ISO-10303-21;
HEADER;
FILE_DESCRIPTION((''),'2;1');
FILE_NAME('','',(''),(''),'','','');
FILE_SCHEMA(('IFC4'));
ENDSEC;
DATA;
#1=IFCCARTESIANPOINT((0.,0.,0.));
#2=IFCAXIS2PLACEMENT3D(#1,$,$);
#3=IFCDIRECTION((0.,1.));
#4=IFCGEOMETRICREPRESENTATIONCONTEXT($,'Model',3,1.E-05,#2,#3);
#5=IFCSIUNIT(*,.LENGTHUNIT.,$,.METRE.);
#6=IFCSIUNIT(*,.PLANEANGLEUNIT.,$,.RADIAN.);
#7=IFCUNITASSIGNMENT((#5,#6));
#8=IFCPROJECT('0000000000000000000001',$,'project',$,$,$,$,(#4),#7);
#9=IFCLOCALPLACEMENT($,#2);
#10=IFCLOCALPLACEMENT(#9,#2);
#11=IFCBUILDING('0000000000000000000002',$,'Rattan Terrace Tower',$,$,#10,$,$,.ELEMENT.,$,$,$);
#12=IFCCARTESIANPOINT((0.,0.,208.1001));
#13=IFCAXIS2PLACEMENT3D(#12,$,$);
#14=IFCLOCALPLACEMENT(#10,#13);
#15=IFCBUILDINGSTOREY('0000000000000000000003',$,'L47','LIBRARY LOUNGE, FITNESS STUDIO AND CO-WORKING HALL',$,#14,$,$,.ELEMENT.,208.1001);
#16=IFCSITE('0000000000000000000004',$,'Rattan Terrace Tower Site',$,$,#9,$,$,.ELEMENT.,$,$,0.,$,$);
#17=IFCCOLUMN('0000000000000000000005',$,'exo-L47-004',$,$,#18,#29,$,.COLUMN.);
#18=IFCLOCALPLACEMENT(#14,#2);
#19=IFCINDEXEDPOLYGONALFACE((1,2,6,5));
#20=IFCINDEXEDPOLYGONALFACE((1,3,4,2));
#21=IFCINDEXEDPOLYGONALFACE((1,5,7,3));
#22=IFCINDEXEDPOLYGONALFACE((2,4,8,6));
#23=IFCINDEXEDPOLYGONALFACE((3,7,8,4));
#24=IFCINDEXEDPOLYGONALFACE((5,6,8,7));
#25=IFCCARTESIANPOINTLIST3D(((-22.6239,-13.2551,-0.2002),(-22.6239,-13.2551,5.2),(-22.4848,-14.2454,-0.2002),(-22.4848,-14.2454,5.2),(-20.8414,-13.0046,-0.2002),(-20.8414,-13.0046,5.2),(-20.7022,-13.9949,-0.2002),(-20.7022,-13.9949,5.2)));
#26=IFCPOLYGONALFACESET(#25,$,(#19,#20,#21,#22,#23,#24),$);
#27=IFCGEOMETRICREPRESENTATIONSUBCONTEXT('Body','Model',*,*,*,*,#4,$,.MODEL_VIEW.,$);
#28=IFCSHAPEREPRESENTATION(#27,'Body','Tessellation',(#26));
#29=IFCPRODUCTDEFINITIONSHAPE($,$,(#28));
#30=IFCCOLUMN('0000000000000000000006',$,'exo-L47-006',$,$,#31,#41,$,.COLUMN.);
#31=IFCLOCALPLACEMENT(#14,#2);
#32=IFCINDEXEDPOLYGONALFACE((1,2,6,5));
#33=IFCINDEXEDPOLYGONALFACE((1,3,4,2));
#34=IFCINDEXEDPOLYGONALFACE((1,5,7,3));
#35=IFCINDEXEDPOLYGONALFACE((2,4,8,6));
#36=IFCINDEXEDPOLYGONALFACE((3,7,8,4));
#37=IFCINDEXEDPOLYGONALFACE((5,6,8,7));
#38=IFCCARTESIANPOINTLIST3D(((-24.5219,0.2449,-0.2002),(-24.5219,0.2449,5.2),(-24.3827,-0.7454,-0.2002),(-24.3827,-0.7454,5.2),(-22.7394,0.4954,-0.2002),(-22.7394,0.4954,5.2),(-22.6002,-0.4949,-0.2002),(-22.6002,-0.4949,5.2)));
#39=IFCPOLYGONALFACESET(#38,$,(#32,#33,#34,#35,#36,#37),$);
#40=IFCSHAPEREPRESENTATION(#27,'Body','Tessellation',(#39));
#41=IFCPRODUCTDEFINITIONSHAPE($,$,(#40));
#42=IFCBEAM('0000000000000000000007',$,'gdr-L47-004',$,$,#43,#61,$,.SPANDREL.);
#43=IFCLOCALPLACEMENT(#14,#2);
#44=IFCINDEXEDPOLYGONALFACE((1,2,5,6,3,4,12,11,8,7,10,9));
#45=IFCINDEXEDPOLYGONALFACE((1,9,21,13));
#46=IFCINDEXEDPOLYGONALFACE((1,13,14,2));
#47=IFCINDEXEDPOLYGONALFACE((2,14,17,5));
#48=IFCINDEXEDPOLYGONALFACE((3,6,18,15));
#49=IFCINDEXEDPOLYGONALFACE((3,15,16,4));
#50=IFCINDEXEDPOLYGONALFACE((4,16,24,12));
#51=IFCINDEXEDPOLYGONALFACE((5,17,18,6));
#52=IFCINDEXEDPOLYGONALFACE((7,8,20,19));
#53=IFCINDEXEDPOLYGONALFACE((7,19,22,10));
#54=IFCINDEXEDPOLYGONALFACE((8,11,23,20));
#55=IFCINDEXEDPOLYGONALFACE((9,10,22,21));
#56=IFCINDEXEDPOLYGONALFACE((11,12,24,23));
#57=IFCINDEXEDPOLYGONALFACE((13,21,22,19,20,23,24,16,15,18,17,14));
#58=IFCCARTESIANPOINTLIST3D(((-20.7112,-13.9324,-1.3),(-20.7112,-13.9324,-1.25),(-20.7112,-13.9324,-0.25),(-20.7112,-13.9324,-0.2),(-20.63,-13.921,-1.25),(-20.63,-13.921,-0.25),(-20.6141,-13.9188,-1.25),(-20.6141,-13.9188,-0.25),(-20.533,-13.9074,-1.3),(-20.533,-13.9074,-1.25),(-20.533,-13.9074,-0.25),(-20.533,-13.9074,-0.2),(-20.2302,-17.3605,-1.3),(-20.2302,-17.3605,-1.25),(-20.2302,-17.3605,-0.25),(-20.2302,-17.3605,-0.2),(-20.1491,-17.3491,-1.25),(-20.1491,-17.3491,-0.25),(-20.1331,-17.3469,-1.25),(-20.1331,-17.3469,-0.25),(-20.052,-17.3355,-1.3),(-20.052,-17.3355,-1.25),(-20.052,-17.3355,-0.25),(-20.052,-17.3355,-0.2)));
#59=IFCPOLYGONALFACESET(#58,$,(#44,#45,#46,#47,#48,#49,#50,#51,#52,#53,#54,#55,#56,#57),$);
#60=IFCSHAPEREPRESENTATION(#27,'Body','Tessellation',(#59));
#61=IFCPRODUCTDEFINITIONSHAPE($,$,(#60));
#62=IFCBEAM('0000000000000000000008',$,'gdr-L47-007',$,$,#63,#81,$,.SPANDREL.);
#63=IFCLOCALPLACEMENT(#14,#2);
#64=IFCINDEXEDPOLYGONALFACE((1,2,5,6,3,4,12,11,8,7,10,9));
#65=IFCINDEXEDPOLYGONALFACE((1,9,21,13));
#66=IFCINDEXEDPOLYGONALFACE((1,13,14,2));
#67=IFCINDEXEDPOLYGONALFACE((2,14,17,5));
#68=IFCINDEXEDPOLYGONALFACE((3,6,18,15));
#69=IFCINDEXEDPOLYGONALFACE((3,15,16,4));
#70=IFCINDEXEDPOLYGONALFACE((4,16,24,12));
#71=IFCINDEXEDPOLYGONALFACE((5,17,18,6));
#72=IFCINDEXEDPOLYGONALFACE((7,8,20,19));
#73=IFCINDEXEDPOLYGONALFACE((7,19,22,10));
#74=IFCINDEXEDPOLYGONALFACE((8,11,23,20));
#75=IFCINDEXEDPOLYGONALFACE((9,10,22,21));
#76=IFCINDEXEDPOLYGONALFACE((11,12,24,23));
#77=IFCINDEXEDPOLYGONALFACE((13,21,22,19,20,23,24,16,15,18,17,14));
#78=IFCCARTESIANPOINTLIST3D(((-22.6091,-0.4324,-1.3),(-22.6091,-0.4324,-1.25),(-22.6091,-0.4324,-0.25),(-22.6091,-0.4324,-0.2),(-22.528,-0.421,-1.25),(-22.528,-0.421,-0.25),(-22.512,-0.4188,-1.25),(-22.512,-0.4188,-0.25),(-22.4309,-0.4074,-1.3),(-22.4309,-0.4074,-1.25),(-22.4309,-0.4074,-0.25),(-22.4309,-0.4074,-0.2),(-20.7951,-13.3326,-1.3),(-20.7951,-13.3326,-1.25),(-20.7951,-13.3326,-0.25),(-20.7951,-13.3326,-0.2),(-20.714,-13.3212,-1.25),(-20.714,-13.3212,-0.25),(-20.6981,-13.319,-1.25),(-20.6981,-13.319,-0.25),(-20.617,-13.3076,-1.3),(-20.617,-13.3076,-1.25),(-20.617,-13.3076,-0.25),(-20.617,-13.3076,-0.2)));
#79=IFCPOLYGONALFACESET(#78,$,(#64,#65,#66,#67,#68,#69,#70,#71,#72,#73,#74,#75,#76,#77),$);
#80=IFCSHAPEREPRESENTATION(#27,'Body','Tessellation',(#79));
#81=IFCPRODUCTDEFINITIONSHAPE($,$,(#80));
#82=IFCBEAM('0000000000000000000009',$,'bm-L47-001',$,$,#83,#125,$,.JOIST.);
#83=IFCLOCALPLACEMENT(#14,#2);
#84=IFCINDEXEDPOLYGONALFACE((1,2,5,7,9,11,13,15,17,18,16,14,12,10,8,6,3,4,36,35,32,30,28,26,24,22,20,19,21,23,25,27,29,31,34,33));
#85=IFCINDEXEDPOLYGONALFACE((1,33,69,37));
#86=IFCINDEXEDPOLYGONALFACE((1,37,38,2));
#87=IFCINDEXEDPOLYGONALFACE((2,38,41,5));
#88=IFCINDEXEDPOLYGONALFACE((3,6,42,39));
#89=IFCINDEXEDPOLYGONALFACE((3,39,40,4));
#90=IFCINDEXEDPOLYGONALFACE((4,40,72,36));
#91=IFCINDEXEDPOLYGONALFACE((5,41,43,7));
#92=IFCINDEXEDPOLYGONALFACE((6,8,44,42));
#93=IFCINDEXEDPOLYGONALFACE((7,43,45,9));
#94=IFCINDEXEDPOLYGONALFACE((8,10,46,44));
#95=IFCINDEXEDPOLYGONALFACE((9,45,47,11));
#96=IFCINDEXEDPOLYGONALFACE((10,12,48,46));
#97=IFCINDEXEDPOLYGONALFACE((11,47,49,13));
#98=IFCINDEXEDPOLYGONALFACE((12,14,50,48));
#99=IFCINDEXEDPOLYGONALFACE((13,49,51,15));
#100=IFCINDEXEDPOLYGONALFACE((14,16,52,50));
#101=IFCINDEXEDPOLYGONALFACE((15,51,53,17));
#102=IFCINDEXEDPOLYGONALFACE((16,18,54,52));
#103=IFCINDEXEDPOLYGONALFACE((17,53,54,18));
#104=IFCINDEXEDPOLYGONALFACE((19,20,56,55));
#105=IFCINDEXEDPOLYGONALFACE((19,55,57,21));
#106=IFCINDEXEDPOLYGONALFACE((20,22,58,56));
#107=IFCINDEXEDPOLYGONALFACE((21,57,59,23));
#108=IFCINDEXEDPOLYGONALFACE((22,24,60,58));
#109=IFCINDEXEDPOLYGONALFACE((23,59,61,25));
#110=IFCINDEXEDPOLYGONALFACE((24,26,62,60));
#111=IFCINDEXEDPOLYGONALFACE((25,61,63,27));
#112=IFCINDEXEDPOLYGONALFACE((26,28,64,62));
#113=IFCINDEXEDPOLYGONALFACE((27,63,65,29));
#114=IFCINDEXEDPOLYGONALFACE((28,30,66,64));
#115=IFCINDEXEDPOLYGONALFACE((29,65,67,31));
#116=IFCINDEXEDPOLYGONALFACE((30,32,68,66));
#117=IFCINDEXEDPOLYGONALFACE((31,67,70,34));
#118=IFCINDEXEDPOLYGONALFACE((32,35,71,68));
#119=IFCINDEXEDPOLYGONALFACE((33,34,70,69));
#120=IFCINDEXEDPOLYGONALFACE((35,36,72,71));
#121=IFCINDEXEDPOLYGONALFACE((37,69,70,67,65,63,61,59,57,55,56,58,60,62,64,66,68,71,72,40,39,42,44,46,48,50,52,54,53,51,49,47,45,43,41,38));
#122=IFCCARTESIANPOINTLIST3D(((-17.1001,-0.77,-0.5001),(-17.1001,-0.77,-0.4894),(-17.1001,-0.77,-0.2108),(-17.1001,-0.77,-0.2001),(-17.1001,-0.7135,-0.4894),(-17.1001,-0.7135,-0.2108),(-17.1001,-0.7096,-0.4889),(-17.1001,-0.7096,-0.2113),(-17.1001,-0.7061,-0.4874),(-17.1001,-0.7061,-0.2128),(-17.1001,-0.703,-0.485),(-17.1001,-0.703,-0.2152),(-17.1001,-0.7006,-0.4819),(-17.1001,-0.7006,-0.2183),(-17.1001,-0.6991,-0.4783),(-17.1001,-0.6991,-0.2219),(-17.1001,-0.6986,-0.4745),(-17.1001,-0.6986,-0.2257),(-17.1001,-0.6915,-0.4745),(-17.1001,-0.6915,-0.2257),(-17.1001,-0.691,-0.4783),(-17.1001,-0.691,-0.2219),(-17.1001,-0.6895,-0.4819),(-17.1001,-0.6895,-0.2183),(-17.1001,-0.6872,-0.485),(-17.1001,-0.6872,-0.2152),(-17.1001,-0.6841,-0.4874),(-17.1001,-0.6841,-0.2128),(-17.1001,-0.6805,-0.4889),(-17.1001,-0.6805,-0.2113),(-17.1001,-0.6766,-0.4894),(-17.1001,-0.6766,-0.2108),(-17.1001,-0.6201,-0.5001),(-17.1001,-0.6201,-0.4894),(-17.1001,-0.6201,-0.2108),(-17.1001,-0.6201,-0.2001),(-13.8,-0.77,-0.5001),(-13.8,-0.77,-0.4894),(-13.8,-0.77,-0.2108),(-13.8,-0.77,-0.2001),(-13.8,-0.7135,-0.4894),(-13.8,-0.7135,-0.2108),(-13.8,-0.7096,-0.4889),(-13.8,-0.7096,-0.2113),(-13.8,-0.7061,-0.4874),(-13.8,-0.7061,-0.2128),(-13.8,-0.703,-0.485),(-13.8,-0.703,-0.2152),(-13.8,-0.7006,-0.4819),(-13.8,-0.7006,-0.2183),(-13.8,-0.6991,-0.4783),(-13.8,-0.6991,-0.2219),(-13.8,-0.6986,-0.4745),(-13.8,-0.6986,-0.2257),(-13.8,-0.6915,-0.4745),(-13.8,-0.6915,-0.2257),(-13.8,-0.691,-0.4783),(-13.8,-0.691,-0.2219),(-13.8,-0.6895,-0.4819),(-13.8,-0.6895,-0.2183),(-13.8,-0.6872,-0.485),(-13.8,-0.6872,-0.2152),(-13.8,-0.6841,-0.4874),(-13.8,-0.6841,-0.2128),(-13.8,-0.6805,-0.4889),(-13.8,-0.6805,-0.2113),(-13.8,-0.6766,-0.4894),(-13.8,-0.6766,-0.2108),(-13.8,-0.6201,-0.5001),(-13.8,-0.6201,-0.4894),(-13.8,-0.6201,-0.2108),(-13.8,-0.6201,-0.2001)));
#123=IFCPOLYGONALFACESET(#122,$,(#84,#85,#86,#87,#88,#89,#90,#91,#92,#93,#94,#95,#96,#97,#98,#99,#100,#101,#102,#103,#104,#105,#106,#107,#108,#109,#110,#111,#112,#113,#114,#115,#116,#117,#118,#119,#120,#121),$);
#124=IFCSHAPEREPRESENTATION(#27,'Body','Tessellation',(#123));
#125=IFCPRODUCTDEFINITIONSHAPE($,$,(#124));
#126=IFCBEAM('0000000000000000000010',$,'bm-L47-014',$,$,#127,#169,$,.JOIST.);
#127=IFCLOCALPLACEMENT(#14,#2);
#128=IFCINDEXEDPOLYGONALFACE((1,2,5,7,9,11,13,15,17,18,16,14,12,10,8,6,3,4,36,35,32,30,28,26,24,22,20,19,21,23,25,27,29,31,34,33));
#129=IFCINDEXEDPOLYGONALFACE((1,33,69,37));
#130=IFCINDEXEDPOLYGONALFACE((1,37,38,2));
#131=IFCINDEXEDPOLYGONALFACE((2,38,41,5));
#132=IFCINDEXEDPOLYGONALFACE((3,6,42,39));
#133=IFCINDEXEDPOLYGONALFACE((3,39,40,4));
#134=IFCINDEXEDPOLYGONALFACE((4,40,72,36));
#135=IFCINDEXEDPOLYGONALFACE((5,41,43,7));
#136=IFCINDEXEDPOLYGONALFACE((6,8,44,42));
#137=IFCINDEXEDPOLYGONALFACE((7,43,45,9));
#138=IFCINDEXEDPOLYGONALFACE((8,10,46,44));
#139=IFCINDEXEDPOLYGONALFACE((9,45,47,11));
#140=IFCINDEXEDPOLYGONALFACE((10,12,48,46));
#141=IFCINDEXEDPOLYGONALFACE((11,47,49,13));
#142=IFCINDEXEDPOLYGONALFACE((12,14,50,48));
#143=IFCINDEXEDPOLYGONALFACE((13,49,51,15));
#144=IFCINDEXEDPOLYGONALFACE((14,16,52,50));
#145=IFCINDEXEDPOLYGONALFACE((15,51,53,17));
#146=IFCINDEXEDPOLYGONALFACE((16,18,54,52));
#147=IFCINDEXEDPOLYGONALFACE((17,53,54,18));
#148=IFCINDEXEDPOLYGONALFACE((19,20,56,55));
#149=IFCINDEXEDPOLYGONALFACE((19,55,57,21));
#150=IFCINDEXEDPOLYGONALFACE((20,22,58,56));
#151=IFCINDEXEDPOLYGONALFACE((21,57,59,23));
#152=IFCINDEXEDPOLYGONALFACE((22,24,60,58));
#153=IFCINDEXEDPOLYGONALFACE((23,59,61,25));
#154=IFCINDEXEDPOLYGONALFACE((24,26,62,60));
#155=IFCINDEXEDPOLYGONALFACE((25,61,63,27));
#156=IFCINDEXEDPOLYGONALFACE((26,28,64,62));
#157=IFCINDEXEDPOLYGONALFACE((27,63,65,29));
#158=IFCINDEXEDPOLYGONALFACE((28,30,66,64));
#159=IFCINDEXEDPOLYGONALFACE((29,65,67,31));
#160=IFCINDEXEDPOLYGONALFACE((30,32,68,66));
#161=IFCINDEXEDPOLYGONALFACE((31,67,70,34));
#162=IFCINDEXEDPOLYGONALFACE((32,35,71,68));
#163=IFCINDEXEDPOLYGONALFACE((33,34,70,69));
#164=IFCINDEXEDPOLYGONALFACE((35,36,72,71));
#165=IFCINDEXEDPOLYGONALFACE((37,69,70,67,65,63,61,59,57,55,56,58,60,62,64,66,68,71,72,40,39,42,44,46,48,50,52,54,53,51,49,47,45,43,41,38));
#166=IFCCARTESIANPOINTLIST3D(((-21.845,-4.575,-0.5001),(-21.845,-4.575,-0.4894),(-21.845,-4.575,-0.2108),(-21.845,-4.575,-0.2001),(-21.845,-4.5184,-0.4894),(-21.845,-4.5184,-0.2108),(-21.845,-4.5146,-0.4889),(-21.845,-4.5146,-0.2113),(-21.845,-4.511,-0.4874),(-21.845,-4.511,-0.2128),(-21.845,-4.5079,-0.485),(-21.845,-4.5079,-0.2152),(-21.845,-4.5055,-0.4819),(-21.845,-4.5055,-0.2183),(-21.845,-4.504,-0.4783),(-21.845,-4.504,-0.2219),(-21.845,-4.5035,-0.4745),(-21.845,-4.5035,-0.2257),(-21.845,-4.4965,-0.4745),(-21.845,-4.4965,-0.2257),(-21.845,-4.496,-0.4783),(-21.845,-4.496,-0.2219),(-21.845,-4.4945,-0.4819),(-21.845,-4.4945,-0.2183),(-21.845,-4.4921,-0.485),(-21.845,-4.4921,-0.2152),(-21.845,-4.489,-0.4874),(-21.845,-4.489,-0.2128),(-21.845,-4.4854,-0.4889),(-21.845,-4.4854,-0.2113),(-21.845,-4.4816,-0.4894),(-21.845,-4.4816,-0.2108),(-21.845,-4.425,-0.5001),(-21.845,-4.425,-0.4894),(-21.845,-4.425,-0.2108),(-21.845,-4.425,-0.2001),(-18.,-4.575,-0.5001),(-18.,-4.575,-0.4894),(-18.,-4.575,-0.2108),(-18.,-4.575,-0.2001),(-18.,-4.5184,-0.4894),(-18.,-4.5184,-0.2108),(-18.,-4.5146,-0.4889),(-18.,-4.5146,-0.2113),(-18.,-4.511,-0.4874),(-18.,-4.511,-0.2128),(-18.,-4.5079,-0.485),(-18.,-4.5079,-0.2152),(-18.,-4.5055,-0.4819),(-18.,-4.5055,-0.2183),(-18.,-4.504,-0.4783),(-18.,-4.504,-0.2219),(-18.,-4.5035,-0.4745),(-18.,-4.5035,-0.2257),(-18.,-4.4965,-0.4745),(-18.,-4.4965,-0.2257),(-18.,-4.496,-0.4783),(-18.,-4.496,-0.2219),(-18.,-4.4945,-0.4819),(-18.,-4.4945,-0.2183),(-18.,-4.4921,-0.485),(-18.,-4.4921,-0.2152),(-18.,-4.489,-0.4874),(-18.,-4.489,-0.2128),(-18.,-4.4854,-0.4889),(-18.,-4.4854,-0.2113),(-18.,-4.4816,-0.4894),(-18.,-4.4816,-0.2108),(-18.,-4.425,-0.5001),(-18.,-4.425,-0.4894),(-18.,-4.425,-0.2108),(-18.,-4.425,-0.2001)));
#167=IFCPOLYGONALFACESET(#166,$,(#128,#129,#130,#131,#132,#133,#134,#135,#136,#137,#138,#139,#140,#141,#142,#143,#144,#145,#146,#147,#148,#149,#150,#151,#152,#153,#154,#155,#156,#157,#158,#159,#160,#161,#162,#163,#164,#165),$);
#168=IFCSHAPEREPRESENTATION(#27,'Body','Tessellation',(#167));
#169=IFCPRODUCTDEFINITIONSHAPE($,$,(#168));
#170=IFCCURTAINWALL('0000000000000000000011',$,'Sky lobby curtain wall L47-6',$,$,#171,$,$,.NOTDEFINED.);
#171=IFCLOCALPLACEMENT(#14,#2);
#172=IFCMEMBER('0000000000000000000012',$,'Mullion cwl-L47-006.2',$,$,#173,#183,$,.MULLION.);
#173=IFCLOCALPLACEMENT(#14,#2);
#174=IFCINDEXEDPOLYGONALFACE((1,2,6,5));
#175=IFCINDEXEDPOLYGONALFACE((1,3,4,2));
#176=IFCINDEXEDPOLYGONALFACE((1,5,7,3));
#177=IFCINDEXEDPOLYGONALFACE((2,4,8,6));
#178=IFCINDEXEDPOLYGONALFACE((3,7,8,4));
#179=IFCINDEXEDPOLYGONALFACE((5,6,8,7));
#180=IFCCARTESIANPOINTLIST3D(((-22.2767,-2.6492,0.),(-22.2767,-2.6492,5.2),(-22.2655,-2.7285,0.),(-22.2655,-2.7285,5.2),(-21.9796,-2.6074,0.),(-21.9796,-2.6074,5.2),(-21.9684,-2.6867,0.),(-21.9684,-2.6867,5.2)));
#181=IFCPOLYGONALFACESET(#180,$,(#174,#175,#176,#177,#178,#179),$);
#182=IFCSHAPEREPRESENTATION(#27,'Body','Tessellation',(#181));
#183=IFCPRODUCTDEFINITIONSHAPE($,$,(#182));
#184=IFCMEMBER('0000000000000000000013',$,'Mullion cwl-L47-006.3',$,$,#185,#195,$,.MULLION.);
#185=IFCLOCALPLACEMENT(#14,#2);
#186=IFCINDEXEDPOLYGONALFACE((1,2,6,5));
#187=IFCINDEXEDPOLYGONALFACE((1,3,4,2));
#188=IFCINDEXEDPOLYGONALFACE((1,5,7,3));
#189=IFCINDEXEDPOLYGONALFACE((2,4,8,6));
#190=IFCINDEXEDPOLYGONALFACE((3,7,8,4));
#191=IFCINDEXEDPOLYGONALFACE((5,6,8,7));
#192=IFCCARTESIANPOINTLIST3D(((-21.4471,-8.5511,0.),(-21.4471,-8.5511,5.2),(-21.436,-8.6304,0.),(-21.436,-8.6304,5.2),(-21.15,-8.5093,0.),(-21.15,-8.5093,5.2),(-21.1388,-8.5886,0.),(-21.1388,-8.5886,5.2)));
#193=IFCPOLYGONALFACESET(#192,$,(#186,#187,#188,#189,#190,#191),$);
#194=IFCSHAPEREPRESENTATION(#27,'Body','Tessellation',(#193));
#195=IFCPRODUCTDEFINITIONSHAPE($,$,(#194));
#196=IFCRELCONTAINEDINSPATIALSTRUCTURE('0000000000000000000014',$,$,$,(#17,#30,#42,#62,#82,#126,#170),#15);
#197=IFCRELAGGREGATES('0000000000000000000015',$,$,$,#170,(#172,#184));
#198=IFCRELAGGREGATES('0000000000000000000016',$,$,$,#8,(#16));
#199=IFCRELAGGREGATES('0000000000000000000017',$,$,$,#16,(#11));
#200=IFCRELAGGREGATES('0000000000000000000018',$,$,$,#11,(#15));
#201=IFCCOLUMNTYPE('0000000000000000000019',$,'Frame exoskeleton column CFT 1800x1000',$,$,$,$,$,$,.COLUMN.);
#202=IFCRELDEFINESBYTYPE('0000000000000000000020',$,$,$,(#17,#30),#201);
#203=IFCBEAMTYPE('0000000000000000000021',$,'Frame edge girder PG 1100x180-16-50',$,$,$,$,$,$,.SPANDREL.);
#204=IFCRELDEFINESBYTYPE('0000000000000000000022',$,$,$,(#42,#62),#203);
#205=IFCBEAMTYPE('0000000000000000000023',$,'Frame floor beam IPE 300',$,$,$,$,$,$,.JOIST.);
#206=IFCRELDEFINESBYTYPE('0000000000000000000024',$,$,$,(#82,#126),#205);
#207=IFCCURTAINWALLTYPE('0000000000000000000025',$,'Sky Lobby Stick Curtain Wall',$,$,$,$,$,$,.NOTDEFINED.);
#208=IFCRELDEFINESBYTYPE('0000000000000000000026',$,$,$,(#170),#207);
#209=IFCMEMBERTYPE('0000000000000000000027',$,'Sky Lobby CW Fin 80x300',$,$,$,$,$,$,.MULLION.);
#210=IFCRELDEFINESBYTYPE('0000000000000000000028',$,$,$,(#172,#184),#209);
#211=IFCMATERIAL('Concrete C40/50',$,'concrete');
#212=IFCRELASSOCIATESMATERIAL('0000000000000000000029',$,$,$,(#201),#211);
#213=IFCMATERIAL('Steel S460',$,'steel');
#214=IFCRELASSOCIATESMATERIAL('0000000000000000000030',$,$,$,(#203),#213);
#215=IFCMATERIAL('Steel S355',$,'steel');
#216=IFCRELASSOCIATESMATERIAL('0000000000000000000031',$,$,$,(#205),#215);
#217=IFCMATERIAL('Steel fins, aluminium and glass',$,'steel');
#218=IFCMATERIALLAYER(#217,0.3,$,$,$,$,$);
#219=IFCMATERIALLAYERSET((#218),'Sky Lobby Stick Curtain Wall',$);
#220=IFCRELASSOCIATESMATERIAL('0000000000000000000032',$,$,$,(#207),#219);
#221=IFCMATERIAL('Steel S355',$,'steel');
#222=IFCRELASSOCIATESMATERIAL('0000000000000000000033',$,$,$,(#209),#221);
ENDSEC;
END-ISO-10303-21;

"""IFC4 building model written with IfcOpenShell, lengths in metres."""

from ifc_helpers import new_model, si_unit, direction, frame, origin, origin_2d, place, context, subcontext, project, spatial, rectangle, i_section, extrude, material, layer, layer_set, material_profile, profile_set, type_object, element, aggregate, save


model = new_model("IFC4")

# Units and contexts
model_context = context("Model", 3, precision=1e-05, world=origin(), true_north=direction((0.0, 1.0)))
body_context = subcontext(model_context, "Body", "Model", "MODEL_VIEW")
ifc_project = project(units=[si_unit("LENGTHUNIT", "METRE"), si_unit("PLANEANGLEUNIT", "RADIAN")], contexts=[model_context])

# Site, building, storey
site_placement = place(None, origin())
site = spatial("IfcSite", under=ifc_project, at=site_placement, Name="Rattan Terrace Tower Site", CompositionType="ELEMENT", RefElevation=0.0)
building_placement = place(site_placement, origin())
building = spatial("IfcBuilding", under=site, at=building_placement, Name="Rattan Terrace Tower", CompositionType="ELEMENT")
storey_placement = place(building_placement, frame((0.0, 0.0, 208.1001)))
storey = spatial("IfcBuildingStorey", under=building, at=storey_placement, Name="L47", Description="LIBRARY LOUNGE, FITNESS STUDIO AND CO-WORKING HALL", CompositionType="ELEMENT", Elevation=208.1001)

# Columns
ifc_material_1 = material(Name="Concrete C40/50", Category="concrete")
ifc_material_profile_1 = material_profile(ifc_material_1, rectangle(XDim=1.0, YDim=1.8, at=origin_2d()), Name="CFT 1800x1000")
ifc_profile_set_1 = profile_set([ifc_material_profile_1], Name="Concrete C40/50")
column_type = type_object("IfcColumnType", Name="Frame exoskeleton column CFT 1800x1000", PredefinedType="COLUMN", material=ifc_profile_set_1)
for number, where, z_axis, x_axis, name in (
    (1, (-21.6631, -13.625, -0.2002), (0.0, 0.0, 1.0), (-0.13919, 0.990266, 0.0), "exo-L47-004"),
    (2, (-23.561, -0.125, -0.2002), (0.0, 0.0, 1.0), (-0.13919, 0.990266, 0.0), "exo-L47-006"),
):
    element("IfcColumn", number, at=place(storey_placement, frame(where, z_axis=z_axis, x_axis=x_axis)), inside=storey, type_object=column_type, Name=name, PredefinedType="COLUMN", context=body_context, shape_type="SweptSolid", body=[
        extrude(rectangle(XDim=1.0, YDim=1.8, at=origin_2d()), origin(), (0.0, 0.0, 1.0), 5.4001),
    ])

# Beams
ifc_material_2 = material(Name="Steel S460", Category="steel")
ifc_material_profile_2 = material_profile(ifc_material_2, i_section(OverallWidth=0.1799, OverallDepth=1.1001, WebThickness=0.0161, FlangeThickness=0.05, at=origin_2d()), Name="PG 1100x180-16-50")
ifc_profile_set_2 = profile_set([ifc_material_profile_2], Name="Steel S460")
beam_type_1 = type_object("IfcBeamType", Name="Frame edge girder PG 1100x180-16-50", PredefinedType="SPANDREL", material=ifc_profile_set_2)
beam_1_placement = place(storey_placement, frame((-20.6221, -13.9199, -0.75), z_axis=(0.138943, -0.9903, 0.0), x_axis=(0.9903, 0.138943, 0.0)))
element("IfcBeam", 3, at=beam_1_placement, inside=storey, type_object=beam_type_1, Name="gdr-L47-004", PredefinedType="SPANDREL", context=body_context, shape_type="SweptSolid", body=[
    extrude(i_section(OverallWidth=0.1799, OverallDepth=1.1001, WebThickness=0.0161, FlangeThickness=0.05, at=origin_2d()), origin(), (0.0, 0.0, 1.0), 3.4617),
])
beam_2_placement = place(storey_placement, frame((-22.52, -0.4199, -0.75), z_axis=(0.139246, -0.990258, 0.0), x_axis=(0.990258, 0.139246, 0.0)))
element("IfcBeam", 4, at=beam_2_placement, inside=storey, type_object=beam_type_1, Name="gdr-L47-007", PredefinedType="SPANDREL", context=body_context, shape_type="SweptSolid", body=[
    extrude(i_section(OverallWidth=0.1799, OverallDepth=1.1001, WebThickness=0.0161, FlangeThickness=0.05, at=origin_2d()), origin(), (0.0, 0.0, 1.0), 13.0271),
])
ifc_material_3 = material(Name="Steel S355", Category="steel")
ifc_material_profile_3 = material_profile(ifc_material_3, i_section(OverallWidth=0.1499, OverallDepth=0.3, WebThickness=0.0071, FlangeThickness=0.0107, FilletRadius=0.0149, at=origin_2d()), Name="IPE 300")
ifc_profile_set_3 = profile_set([ifc_material_profile_3], Name="Steel S355")
beam_type_2 = type_object("IfcBeamType", Name="Frame floor beam IPE 300", PredefinedType="JOIST", material=ifc_profile_set_3)
beam_3_placement = place(storey_placement, frame((-17.1001, -0.6951, -0.3501), z_axis=(1.0, 0.0, 0.0), x_axis=(0.0, 1.0, 0.0)))
element("IfcBeam", 5, at=beam_3_placement, inside=storey, type_object=beam_type_2, Name="bm-L47-001", PredefinedType="JOIST", context=body_context, shape_type="SweptSolid", body=[
    extrude(i_section(OverallWidth=0.1499, OverallDepth=0.3, WebThickness=0.0071, FlangeThickness=0.0107, FilletRadius=0.0149, at=origin_2d()), origin(), (0.0, 0.0, 1.0), 3.3),
])
beam_4_placement = place(storey_placement, frame((-21.845, -4.5, -0.3501), z_axis=(1.0, 0.0, 0.0), x_axis=(0.0, 1.0, 0.0)))
element("IfcBeam", 6, at=beam_4_placement, inside=storey, type_object=beam_type_2, Name="bm-L47-014", PredefinedType="JOIST", context=body_context, shape_type="SweptSolid", body=[
    extrude(i_section(OverallWidth=0.1499, OverallDepth=0.3, WebThickness=0.0071, FlangeThickness=0.0107, FilletRadius=0.0149, at=origin_2d()), origin(), (0.0, 0.0, 1.0), 3.845),
])

# Curtain wall, members
ifc_material_4 = material(Name="Steel fins, aluminium and glass", Category="steel")
ifc_layer_1 = layer(ifc_material_4, 0.3)
ifc_layer_set_1 = layer_set([ifc_layer_1], Name="Sky Lobby Stick Curtain Wall")
curtain_wall_type = type_object("IfcCurtainWallType", Name="Sky Lobby Stick Curtain Wall", PredefinedType="NOTDEFINED", material=ifc_layer_set_1)
curtain_wall_1_placement = place(storey_placement, origin())
curtain_wall_1 = element("IfcCurtainWall", 7, at=curtain_wall_1_placement, inside=storey, type_object=curtain_wall_type, Name="Sky lobby curtain wall L47-6", PredefinedType="NOTDEFINED")
ifc_material_5 = material(Name="Steel S355", Category="steel")
ifc_material_profile_4 = material_profile(ifc_material_5, rectangle(XDim=0.0801, YDim=0.3, at=origin_2d()), Name="Steel S355 80x300")
ifc_profile_set_4 = profile_set([ifc_material_profile_4], Name="Steel S355")
member_type_1 = type_object("IfcMemberType", Name="Sky Lobby CW Fin 80x300", PredefinedType="MULLION", material=ifc_profile_set_4)
member_1_placement = place(storey_placement, frame((-22.1226, -2.668, 0.0), z_axis=(0.0, 0.0, 1.0), x_axis=(0.139186, -0.990266, 0.0)))
member_1 = element("IfcMember", 8, at=member_1_placement, type_object=member_type_1, Name="Mullion cwl-L47-006.2", PredefinedType="MULLION", context=body_context, shape_type="SweptSolid", body=[
    extrude(rectangle(XDim=0.0801, YDim=0.3, at=origin_2d()), origin(), (0.0, 0.0, 1.0), 5.2),
])
member_2_placement = place(storey_placement, frame((-21.293, -8.5698, 0.0), z_axis=(0.0, 0.0, 1.0), x_axis=(0.139186, -0.990266, 0.0)))
member_2 = element("IfcMember", 9, at=member_2_placement, type_object=member_type_1, Name="Mullion cwl-L47-006.3", PredefinedType="MULLION", context=body_context, shape_type="SweptSolid", body=[
    extrude(rectangle(XDim=0.0801, YDim=0.3, at=origin_2d()), origin(), (0.0, 0.0, 1.0), 5.2),
])

aggregate(curtain_wall_1, [member_1, member_2])

save(model, "model.ifc")
